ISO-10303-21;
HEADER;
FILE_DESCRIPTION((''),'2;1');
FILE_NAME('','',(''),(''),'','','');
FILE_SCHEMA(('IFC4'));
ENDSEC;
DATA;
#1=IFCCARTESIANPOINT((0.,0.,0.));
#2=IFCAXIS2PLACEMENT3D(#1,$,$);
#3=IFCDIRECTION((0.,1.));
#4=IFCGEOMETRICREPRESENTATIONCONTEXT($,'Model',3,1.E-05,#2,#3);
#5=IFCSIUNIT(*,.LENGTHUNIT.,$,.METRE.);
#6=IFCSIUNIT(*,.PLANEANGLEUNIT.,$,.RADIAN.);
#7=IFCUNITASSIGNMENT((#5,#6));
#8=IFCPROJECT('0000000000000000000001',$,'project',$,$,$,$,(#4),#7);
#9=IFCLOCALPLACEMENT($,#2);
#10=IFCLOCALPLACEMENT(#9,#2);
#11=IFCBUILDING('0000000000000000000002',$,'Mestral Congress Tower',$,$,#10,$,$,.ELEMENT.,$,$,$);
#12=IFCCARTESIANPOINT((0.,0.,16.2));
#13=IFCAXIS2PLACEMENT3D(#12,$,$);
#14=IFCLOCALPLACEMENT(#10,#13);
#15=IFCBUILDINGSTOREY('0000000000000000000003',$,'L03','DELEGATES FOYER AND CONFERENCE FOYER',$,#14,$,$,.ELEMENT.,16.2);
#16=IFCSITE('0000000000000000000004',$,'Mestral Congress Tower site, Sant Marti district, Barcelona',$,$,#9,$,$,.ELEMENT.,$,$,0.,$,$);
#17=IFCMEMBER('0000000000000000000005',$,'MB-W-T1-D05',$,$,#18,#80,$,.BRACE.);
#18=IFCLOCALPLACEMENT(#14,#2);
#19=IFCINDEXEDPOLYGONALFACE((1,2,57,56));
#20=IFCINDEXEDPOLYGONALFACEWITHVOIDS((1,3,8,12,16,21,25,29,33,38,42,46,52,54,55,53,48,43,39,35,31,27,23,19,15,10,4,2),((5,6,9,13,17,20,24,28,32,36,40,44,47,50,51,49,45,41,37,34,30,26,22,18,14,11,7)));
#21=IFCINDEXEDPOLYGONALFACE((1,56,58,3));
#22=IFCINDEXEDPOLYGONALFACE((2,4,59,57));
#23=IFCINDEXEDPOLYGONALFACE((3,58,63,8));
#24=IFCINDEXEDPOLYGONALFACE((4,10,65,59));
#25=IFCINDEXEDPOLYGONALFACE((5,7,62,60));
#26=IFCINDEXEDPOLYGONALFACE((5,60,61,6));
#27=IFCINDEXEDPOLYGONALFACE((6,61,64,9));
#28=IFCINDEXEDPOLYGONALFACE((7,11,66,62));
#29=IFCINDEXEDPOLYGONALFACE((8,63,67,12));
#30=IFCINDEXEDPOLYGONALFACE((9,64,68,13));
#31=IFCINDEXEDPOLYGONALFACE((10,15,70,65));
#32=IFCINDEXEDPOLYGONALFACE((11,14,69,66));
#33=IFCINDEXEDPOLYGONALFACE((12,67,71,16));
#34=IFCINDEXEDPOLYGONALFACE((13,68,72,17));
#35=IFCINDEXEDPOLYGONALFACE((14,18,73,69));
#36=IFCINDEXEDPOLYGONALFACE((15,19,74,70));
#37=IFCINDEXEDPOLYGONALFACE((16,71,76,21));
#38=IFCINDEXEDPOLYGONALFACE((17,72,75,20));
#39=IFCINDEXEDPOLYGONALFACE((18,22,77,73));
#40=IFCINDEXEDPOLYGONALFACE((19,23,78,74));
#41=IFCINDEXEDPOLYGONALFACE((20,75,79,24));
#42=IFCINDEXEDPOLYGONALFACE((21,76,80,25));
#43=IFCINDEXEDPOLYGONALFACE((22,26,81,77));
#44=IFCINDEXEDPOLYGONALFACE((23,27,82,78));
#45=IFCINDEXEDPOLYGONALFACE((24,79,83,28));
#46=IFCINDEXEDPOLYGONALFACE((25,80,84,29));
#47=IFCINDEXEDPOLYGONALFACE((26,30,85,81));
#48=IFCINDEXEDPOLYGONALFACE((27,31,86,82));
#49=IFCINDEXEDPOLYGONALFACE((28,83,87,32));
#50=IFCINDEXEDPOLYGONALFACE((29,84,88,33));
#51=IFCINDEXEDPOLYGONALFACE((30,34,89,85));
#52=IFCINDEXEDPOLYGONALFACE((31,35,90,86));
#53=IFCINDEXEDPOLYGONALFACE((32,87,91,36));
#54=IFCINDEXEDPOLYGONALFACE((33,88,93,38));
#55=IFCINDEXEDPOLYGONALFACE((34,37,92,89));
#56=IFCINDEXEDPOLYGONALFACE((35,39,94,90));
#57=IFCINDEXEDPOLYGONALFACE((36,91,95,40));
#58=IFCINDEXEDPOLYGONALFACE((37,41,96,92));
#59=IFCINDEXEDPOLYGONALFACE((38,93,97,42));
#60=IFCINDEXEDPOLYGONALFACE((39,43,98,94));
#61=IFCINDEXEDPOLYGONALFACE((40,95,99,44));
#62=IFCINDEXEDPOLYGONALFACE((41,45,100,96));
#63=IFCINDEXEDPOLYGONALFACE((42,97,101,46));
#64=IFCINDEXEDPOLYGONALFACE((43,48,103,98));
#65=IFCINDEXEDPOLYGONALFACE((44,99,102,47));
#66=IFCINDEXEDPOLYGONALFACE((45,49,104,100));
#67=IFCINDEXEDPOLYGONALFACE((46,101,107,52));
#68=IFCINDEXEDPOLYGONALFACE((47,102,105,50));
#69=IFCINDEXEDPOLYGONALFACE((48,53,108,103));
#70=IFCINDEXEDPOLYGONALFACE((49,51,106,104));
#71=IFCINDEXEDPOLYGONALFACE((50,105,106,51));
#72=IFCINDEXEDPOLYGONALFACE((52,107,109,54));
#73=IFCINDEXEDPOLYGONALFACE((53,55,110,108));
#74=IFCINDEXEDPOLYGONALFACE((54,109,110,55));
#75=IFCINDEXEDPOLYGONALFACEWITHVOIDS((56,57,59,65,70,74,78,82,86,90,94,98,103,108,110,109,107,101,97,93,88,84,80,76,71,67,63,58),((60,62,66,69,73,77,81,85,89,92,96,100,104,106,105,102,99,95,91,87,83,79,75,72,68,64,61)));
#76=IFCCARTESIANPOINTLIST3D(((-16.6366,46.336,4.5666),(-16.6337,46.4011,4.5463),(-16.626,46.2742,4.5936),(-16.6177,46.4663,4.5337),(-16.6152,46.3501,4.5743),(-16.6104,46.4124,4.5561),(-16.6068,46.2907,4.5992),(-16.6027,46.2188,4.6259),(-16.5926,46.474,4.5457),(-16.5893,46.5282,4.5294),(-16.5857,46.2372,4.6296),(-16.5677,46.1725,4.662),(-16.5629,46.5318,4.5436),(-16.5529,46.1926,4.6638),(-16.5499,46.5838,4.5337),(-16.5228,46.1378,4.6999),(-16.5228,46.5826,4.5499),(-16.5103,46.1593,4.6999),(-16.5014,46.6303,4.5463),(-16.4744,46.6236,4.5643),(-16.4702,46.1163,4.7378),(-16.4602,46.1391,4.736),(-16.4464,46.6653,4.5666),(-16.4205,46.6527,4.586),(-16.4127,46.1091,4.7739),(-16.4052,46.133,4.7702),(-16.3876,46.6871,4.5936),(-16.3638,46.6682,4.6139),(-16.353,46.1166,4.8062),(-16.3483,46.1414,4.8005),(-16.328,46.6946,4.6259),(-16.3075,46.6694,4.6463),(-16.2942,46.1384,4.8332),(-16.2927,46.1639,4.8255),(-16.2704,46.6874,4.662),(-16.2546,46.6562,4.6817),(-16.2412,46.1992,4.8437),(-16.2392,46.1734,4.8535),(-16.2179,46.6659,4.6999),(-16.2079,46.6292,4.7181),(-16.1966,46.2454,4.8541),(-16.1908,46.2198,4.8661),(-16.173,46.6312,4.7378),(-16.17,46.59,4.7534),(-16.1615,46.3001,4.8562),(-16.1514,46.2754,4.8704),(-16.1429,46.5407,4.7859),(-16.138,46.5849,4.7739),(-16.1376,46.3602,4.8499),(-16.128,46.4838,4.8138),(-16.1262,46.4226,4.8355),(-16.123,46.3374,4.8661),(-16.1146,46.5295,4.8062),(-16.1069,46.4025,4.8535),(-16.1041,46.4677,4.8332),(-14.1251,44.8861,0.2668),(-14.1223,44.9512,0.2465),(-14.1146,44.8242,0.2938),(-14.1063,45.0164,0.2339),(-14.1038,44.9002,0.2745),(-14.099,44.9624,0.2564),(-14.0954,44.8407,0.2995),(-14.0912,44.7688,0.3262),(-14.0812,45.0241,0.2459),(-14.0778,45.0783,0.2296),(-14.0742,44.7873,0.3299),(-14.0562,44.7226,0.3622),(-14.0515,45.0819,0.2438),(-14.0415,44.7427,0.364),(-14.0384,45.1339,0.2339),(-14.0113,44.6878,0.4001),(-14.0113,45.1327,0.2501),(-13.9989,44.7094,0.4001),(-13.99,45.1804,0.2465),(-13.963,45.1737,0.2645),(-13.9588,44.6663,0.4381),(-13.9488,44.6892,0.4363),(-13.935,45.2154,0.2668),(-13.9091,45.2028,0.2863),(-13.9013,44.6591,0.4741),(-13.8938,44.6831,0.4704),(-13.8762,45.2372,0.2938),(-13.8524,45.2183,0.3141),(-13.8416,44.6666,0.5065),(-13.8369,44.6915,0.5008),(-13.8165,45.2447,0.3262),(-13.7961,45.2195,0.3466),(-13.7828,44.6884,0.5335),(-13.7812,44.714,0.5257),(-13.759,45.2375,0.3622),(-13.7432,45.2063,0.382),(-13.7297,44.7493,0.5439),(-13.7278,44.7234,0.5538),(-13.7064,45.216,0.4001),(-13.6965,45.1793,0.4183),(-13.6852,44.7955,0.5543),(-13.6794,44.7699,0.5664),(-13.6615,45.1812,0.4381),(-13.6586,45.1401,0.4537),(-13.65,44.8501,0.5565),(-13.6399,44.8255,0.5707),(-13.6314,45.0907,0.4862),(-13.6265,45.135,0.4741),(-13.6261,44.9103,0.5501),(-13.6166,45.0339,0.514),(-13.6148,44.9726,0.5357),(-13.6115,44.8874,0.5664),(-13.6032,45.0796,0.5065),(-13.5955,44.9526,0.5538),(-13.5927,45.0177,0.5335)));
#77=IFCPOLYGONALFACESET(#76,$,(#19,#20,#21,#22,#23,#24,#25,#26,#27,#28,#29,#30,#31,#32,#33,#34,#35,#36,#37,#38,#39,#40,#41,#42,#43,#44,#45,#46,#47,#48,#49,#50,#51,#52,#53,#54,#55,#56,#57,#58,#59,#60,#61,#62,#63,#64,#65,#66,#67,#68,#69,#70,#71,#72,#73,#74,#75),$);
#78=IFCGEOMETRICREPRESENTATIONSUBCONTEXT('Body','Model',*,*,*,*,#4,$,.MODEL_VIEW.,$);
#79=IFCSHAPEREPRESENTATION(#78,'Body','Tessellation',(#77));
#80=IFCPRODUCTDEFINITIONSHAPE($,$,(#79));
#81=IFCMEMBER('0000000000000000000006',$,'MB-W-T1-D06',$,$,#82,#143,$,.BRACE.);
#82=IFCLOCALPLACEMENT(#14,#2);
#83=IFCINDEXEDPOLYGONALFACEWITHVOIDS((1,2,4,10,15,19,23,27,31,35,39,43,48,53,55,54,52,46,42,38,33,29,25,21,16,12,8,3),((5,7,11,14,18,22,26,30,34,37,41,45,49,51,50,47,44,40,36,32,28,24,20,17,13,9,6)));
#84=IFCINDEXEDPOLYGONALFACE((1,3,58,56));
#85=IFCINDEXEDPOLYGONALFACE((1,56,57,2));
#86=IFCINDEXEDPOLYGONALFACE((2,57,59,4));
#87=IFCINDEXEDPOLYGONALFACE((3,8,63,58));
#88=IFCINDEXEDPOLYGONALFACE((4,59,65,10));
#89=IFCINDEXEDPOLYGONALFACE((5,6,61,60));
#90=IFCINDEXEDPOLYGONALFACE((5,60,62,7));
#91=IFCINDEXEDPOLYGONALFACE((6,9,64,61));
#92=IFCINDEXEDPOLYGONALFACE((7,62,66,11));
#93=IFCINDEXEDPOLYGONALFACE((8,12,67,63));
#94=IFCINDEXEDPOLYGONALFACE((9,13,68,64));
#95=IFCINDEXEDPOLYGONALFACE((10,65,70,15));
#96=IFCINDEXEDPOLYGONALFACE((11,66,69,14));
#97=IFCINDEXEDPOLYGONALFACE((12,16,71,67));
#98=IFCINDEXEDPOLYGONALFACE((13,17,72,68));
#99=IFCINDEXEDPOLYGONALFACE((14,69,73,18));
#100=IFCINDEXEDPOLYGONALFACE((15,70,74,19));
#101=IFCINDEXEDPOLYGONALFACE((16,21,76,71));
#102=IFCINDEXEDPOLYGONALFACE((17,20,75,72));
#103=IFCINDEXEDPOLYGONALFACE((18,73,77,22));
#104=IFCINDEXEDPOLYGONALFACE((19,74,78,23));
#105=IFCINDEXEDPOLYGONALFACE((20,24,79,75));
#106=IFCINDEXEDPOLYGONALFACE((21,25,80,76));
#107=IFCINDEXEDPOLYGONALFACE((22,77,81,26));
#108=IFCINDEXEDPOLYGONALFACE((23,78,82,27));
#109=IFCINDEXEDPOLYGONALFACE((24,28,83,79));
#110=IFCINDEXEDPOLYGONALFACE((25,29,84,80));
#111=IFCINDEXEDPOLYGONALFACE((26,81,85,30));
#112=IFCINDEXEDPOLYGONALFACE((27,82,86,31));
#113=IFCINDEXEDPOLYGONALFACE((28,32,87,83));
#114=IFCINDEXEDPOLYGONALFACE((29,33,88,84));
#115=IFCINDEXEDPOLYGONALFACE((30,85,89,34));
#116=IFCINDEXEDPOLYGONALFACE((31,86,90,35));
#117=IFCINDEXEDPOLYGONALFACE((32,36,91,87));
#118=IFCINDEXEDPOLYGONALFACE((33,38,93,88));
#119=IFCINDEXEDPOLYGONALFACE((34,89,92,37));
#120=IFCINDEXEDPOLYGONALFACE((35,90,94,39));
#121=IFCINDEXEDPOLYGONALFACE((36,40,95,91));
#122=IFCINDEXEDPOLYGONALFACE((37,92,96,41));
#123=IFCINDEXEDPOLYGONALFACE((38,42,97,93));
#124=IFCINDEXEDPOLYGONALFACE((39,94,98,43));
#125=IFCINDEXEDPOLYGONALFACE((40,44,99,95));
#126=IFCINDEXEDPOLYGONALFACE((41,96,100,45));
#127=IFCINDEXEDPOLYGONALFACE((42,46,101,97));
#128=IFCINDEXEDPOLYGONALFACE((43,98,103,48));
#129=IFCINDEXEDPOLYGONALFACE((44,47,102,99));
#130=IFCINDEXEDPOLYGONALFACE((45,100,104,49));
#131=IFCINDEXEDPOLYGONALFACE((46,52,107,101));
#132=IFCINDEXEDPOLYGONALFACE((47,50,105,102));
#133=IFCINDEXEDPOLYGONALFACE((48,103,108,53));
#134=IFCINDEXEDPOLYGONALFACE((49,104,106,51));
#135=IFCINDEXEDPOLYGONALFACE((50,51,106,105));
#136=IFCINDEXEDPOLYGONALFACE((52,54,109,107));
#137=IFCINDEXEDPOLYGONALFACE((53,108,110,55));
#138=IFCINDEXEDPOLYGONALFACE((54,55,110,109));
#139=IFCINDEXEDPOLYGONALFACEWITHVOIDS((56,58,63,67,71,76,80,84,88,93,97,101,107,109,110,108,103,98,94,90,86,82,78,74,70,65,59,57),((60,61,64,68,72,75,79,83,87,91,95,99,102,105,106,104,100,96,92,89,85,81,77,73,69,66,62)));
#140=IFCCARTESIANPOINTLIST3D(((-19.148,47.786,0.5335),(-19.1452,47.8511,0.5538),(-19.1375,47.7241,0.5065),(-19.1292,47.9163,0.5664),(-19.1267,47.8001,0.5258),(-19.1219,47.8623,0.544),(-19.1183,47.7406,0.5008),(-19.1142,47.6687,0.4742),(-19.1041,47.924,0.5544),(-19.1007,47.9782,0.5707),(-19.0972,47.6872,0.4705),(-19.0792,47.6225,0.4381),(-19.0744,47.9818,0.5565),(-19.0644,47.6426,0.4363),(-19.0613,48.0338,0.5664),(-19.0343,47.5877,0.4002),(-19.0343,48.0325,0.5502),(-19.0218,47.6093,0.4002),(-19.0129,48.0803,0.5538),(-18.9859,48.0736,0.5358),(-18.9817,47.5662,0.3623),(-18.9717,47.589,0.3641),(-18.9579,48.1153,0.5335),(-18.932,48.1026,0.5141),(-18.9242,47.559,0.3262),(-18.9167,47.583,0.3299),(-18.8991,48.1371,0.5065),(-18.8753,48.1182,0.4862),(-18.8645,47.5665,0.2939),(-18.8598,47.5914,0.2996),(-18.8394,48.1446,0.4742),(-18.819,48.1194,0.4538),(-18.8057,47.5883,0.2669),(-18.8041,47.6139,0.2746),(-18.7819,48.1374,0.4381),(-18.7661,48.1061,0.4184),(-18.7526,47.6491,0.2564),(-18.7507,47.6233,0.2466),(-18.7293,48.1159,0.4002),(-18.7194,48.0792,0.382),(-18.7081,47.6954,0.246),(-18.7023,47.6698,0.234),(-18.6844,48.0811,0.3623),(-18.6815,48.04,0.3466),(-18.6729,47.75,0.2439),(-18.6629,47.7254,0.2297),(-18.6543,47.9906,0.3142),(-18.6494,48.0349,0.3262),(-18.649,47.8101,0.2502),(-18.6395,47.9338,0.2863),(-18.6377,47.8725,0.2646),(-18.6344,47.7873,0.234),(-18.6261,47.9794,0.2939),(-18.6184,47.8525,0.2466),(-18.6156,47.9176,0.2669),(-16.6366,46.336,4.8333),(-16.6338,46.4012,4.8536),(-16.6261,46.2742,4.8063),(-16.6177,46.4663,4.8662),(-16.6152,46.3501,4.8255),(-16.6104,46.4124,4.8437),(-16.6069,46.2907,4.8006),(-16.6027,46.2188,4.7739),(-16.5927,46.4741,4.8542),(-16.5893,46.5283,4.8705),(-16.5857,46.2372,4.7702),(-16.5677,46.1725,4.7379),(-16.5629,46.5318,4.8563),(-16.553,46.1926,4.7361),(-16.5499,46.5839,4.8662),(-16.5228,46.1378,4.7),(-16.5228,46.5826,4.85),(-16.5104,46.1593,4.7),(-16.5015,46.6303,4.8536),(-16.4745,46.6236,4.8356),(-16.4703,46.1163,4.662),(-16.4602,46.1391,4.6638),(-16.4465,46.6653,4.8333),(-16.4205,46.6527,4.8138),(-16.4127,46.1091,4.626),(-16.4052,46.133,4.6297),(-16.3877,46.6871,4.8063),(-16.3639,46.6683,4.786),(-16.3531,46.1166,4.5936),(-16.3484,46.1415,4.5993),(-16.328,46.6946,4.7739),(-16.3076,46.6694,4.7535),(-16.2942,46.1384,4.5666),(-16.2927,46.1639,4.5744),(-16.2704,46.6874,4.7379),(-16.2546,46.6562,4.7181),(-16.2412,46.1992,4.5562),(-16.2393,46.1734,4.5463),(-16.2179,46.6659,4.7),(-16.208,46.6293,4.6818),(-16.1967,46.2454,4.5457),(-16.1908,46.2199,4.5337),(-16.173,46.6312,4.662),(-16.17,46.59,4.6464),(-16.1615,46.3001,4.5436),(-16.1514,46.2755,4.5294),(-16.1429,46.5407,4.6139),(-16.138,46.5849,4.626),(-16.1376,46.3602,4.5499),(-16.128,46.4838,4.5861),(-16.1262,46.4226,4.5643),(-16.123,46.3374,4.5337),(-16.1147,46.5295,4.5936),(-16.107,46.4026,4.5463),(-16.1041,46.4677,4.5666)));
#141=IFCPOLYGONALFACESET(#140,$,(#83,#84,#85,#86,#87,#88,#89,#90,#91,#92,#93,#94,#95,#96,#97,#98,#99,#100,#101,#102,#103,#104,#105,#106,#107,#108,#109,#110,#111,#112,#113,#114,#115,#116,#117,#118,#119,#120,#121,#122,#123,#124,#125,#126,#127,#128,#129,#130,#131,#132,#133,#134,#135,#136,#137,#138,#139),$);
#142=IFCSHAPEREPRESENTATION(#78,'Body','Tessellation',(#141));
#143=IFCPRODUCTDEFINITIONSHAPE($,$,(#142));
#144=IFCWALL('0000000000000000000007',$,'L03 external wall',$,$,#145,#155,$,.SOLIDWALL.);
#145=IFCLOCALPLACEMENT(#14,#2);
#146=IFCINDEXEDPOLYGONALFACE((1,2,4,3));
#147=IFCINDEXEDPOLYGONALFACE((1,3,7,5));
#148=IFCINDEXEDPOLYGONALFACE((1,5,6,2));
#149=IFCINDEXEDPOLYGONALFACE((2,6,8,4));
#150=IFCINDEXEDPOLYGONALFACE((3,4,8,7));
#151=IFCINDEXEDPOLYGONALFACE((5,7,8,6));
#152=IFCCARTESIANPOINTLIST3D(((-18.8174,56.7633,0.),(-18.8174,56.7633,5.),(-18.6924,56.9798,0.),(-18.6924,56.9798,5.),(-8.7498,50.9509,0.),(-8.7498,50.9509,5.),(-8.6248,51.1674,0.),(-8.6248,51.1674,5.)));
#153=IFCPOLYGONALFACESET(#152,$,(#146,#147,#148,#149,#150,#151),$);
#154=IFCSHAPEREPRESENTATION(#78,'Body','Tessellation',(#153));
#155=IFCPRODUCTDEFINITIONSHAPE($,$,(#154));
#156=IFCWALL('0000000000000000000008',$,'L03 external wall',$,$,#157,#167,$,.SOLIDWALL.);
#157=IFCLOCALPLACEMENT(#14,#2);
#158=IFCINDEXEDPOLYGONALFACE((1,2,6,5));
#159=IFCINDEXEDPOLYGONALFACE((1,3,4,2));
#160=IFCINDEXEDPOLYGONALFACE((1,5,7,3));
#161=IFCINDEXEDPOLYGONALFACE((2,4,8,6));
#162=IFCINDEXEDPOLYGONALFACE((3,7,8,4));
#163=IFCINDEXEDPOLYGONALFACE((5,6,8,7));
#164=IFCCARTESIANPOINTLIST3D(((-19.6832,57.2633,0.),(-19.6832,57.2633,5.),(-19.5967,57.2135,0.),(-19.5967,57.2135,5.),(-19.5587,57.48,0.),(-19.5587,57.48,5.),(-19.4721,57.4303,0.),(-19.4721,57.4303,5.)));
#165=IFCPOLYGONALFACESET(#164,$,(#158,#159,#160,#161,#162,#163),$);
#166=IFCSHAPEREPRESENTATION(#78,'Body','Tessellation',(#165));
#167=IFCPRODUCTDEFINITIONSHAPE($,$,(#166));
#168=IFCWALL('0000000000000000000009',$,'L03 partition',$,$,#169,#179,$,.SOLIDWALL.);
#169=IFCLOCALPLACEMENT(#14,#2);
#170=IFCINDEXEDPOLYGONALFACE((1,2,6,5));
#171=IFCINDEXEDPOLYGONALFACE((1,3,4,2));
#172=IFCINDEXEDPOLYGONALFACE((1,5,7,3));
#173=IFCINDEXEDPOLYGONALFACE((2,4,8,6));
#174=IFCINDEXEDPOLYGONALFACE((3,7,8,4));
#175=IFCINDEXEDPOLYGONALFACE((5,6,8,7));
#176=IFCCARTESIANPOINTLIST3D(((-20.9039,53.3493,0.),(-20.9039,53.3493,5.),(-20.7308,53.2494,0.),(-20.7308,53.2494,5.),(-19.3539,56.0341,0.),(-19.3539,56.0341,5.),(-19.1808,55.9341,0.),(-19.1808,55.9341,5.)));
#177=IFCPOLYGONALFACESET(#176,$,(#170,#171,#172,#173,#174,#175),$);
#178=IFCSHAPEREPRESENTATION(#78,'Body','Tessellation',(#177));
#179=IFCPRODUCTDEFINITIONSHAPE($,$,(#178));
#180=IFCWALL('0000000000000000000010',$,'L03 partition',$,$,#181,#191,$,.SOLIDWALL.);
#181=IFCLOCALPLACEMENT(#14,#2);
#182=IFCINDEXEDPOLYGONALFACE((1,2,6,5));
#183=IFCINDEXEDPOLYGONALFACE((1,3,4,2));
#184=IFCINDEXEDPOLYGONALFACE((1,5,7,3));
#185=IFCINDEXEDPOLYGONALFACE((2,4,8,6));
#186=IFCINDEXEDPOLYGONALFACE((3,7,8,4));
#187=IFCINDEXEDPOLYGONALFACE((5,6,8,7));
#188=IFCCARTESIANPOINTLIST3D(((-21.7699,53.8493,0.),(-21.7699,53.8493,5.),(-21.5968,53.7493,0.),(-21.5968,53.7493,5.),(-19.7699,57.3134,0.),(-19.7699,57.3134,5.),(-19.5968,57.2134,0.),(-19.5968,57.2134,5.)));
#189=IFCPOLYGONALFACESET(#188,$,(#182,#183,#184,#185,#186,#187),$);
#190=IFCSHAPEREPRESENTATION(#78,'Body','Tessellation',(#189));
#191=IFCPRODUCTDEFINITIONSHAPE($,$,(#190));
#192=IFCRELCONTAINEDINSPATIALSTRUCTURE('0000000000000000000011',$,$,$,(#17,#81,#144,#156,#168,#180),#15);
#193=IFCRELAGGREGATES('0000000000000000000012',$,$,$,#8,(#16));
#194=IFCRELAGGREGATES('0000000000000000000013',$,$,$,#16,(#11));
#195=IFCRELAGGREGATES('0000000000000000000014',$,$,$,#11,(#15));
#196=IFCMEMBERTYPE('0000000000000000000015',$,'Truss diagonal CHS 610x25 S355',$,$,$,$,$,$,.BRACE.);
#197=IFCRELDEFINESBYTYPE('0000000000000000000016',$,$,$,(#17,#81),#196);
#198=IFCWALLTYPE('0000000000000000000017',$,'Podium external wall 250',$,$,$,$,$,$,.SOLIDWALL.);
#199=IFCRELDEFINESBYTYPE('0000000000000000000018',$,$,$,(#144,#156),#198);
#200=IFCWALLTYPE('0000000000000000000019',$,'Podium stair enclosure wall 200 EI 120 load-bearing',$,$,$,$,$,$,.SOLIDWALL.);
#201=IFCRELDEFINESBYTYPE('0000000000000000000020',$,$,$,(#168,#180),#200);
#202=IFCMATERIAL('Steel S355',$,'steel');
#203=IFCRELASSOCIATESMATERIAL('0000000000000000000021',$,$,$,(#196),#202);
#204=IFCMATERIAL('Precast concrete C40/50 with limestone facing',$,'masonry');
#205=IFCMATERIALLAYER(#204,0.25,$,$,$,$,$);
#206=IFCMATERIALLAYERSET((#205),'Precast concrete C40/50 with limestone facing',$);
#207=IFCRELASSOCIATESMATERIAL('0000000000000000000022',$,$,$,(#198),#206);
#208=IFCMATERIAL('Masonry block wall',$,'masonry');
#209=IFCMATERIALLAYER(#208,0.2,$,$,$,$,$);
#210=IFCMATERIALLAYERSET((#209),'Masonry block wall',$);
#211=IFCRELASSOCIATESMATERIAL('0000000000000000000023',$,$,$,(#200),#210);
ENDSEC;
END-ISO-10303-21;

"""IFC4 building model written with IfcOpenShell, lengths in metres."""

from ifc_helpers import new_model, si_unit, direction, frame, frame_2d, origin, origin_2d, place, context, subcontext, project, spatial, rectangle, hollow_circle, extrude, material, layer, layer_set, material_profile, profile_set, type_object, element, save


model = new_model("IFC4")

# Units and contexts
model_context = context("Model", 3, precision=1e-05, world=origin(), true_north=direction((0.0, 1.0)))
body_context = subcontext(model_context, "Body", "Model", "MODEL_VIEW")
ifc_project = project(units=[si_unit("LENGTHUNIT", "METRE"), si_unit("PLANEANGLEUNIT", "RADIAN")], contexts=[model_context])

# Site, building, storey
site_placement = place(None, origin())
site = spatial("IfcSite", under=ifc_project, at=site_placement, Name="Mestral Congress Tower site, Sant Marti district, Barcelona", CompositionType="ELEMENT", RefElevation=0.0)
building_placement = place(site_placement, origin())
building = spatial("IfcBuilding", under=site, at=building_placement, Name="Mestral Congress Tower", CompositionType="ELEMENT")
storey_placement = place(building_placement, frame((0.0, 0.0, 16.2)))
storey = spatial("IfcBuildingStorey", under=building, at=storey_placement, Name="L03", Description="DELEGATES FOYER AND CONFERENCE FOYER", CompositionType="ELEMENT", Elevation=16.2)

# Shared definitions
ifc_material_1 = material(Name="Steel S355", Category="steel")

# Members
ifc_material_profile_1 = material_profile(ifc_material_1, hollow_circle(Radius=0.3049, WallThickness=0.0249, at=origin_2d()), Name="CHS 610x25")
ifc_profile_set_1 = profile_set([ifc_material_profile_1], Name="Steel S355")
member_type_1 = type_object("IfcMemberType", Name="Truss diagonal CHS 610x25 S355", PredefinedType="BRACE", material=ifc_profile_set_1)
for number, where, z_axis, x_axis, name in (
    (1, (-13.8589, 44.9519, 0.4001), (-0.484247, 0.279571, 0.829062), (-0.499987, -0.866033, 0.0), "MB-W-T1-D05"),
    (2, (-16.3704, 46.4019, 4.7), (-0.484247, 0.279571, -0.829062), (-0.499987, -0.866033, 0.0), "MB-W-T1-D06"),
):
    element("IfcMember", number, at=place(storey_placement, frame(where, z_axis=z_axis, x_axis=x_axis)), inside=storey, type_object=member_type_1, Name=name, PredefinedType="BRACE", context=body_context, shape_type="SweptSolid", body=[
        extrude(hollow_circle(Radius=0.3049, WallThickness=0.0249, at=origin_2d()), origin(), (0.0, 0.0, 1.0), 5.1863),
    ])

# Walls
ifc_material_2 = material(Name="Precast concrete C40/50 with limestone facing", Category="masonry")
ifc_layer_1 = layer(ifc_material_2, 0.25)
ifc_layer_set_1 = layer_set([ifc_layer_1], Name="Precast concrete C40/50 with limestone facing")
wall_type_1 = type_object("IfcWallType", Name="Podium external wall 250", PredefinedType="SOLIDWALL", material=ifc_layer_set_1)
wall_1_placement = place(storey_placement, frame((-18.7549, 56.8716, 0.0), z_axis=(0.0, 0.0, 1.0), x_axis=(0.866027, -0.499997, 0.0)))
element("IfcWall", 3, at=wall_1_placement, inside=storey, type_object=wall_type_1, Name="L03 external wall", PredefinedType="SOLIDWALL", context=body_context, shape_type="SweptSolid", body=[
    extrude(rectangle(XDim=11.625, YDim=0.25, at=frame_2d((5.8125, 0.0))), origin(), (0.0, 0.0, 1.0), 5.0),
])
wall_2_placement = place(storey_placement, frame((-19.6208, 57.3716, 0.0), z_axis=(0.0, 0.0, 1.0), x_axis=(0.867038, -0.498242, 0.0)))
element("IfcWall", 4, at=wall_2_placement, inside=storey, type_object=wall_type_1, Name="L03 external wall", PredefinedType="SOLIDWALL", context=body_context, shape_type="SweptSolid", body=[
    extrude(rectangle(XDim=0.0999, YDim=0.25, at=frame_2d((0.0498, 0.0))), origin(), (0.0, 0.0, 1.0), 5.0),
])
ifc_material_3 = material(Name="Masonry block wall", Category="masonry")
ifc_layer_2 = layer(ifc_material_3, 0.2)
ifc_layer_set_2 = layer_set([ifc_layer_2], Name="Masonry block wall")
wall_type_2 = type_object("IfcWallType", Name="Podium stair enclosure wall 200 EI 120 load-bearing", PredefinedType="SOLIDWALL", material=ifc_layer_set_2)
wall_3_placement = place(storey_placement, frame((-19.2673, 55.9841, 0.0), z_axis=(0.0, 0.0, 1.0), x_axis=(-0.499993, -0.86603, 0.0)))
element("IfcWall", 5, at=wall_3_placement, inside=storey, type_object=wall_type_2, Name="L03 partition", PredefinedType="SOLIDWALL", context=body_context, shape_type="SweptSolid", body=[
    extrude(rectangle(XDim=3.1001, YDim=0.2, at=frame_2d((1.55, 0.0))), origin(), (0.0, 0.0, 1.0), 5.0),
])
wall_4_placement = place(storey_placement, frame((-19.6833, 57.2634, 0.0), z_axis=(0.0, 0.0, 1.0), x_axis=(-0.499999, -0.866026, 0.0)))
element("IfcWall", 6, at=wall_4_placement, inside=storey, type_object=wall_type_2, Name="L03 partition", PredefinedType="SOLIDWALL", context=body_context, shape_type="SweptSolid", body=[
    extrude(rectangle(XDim=4.0, YDim=0.2, at=frame_2d((2.0, 0.0))), origin(), (0.0, 0.0, 1.0), 5.0),
])

save(model, "model.ifc")
